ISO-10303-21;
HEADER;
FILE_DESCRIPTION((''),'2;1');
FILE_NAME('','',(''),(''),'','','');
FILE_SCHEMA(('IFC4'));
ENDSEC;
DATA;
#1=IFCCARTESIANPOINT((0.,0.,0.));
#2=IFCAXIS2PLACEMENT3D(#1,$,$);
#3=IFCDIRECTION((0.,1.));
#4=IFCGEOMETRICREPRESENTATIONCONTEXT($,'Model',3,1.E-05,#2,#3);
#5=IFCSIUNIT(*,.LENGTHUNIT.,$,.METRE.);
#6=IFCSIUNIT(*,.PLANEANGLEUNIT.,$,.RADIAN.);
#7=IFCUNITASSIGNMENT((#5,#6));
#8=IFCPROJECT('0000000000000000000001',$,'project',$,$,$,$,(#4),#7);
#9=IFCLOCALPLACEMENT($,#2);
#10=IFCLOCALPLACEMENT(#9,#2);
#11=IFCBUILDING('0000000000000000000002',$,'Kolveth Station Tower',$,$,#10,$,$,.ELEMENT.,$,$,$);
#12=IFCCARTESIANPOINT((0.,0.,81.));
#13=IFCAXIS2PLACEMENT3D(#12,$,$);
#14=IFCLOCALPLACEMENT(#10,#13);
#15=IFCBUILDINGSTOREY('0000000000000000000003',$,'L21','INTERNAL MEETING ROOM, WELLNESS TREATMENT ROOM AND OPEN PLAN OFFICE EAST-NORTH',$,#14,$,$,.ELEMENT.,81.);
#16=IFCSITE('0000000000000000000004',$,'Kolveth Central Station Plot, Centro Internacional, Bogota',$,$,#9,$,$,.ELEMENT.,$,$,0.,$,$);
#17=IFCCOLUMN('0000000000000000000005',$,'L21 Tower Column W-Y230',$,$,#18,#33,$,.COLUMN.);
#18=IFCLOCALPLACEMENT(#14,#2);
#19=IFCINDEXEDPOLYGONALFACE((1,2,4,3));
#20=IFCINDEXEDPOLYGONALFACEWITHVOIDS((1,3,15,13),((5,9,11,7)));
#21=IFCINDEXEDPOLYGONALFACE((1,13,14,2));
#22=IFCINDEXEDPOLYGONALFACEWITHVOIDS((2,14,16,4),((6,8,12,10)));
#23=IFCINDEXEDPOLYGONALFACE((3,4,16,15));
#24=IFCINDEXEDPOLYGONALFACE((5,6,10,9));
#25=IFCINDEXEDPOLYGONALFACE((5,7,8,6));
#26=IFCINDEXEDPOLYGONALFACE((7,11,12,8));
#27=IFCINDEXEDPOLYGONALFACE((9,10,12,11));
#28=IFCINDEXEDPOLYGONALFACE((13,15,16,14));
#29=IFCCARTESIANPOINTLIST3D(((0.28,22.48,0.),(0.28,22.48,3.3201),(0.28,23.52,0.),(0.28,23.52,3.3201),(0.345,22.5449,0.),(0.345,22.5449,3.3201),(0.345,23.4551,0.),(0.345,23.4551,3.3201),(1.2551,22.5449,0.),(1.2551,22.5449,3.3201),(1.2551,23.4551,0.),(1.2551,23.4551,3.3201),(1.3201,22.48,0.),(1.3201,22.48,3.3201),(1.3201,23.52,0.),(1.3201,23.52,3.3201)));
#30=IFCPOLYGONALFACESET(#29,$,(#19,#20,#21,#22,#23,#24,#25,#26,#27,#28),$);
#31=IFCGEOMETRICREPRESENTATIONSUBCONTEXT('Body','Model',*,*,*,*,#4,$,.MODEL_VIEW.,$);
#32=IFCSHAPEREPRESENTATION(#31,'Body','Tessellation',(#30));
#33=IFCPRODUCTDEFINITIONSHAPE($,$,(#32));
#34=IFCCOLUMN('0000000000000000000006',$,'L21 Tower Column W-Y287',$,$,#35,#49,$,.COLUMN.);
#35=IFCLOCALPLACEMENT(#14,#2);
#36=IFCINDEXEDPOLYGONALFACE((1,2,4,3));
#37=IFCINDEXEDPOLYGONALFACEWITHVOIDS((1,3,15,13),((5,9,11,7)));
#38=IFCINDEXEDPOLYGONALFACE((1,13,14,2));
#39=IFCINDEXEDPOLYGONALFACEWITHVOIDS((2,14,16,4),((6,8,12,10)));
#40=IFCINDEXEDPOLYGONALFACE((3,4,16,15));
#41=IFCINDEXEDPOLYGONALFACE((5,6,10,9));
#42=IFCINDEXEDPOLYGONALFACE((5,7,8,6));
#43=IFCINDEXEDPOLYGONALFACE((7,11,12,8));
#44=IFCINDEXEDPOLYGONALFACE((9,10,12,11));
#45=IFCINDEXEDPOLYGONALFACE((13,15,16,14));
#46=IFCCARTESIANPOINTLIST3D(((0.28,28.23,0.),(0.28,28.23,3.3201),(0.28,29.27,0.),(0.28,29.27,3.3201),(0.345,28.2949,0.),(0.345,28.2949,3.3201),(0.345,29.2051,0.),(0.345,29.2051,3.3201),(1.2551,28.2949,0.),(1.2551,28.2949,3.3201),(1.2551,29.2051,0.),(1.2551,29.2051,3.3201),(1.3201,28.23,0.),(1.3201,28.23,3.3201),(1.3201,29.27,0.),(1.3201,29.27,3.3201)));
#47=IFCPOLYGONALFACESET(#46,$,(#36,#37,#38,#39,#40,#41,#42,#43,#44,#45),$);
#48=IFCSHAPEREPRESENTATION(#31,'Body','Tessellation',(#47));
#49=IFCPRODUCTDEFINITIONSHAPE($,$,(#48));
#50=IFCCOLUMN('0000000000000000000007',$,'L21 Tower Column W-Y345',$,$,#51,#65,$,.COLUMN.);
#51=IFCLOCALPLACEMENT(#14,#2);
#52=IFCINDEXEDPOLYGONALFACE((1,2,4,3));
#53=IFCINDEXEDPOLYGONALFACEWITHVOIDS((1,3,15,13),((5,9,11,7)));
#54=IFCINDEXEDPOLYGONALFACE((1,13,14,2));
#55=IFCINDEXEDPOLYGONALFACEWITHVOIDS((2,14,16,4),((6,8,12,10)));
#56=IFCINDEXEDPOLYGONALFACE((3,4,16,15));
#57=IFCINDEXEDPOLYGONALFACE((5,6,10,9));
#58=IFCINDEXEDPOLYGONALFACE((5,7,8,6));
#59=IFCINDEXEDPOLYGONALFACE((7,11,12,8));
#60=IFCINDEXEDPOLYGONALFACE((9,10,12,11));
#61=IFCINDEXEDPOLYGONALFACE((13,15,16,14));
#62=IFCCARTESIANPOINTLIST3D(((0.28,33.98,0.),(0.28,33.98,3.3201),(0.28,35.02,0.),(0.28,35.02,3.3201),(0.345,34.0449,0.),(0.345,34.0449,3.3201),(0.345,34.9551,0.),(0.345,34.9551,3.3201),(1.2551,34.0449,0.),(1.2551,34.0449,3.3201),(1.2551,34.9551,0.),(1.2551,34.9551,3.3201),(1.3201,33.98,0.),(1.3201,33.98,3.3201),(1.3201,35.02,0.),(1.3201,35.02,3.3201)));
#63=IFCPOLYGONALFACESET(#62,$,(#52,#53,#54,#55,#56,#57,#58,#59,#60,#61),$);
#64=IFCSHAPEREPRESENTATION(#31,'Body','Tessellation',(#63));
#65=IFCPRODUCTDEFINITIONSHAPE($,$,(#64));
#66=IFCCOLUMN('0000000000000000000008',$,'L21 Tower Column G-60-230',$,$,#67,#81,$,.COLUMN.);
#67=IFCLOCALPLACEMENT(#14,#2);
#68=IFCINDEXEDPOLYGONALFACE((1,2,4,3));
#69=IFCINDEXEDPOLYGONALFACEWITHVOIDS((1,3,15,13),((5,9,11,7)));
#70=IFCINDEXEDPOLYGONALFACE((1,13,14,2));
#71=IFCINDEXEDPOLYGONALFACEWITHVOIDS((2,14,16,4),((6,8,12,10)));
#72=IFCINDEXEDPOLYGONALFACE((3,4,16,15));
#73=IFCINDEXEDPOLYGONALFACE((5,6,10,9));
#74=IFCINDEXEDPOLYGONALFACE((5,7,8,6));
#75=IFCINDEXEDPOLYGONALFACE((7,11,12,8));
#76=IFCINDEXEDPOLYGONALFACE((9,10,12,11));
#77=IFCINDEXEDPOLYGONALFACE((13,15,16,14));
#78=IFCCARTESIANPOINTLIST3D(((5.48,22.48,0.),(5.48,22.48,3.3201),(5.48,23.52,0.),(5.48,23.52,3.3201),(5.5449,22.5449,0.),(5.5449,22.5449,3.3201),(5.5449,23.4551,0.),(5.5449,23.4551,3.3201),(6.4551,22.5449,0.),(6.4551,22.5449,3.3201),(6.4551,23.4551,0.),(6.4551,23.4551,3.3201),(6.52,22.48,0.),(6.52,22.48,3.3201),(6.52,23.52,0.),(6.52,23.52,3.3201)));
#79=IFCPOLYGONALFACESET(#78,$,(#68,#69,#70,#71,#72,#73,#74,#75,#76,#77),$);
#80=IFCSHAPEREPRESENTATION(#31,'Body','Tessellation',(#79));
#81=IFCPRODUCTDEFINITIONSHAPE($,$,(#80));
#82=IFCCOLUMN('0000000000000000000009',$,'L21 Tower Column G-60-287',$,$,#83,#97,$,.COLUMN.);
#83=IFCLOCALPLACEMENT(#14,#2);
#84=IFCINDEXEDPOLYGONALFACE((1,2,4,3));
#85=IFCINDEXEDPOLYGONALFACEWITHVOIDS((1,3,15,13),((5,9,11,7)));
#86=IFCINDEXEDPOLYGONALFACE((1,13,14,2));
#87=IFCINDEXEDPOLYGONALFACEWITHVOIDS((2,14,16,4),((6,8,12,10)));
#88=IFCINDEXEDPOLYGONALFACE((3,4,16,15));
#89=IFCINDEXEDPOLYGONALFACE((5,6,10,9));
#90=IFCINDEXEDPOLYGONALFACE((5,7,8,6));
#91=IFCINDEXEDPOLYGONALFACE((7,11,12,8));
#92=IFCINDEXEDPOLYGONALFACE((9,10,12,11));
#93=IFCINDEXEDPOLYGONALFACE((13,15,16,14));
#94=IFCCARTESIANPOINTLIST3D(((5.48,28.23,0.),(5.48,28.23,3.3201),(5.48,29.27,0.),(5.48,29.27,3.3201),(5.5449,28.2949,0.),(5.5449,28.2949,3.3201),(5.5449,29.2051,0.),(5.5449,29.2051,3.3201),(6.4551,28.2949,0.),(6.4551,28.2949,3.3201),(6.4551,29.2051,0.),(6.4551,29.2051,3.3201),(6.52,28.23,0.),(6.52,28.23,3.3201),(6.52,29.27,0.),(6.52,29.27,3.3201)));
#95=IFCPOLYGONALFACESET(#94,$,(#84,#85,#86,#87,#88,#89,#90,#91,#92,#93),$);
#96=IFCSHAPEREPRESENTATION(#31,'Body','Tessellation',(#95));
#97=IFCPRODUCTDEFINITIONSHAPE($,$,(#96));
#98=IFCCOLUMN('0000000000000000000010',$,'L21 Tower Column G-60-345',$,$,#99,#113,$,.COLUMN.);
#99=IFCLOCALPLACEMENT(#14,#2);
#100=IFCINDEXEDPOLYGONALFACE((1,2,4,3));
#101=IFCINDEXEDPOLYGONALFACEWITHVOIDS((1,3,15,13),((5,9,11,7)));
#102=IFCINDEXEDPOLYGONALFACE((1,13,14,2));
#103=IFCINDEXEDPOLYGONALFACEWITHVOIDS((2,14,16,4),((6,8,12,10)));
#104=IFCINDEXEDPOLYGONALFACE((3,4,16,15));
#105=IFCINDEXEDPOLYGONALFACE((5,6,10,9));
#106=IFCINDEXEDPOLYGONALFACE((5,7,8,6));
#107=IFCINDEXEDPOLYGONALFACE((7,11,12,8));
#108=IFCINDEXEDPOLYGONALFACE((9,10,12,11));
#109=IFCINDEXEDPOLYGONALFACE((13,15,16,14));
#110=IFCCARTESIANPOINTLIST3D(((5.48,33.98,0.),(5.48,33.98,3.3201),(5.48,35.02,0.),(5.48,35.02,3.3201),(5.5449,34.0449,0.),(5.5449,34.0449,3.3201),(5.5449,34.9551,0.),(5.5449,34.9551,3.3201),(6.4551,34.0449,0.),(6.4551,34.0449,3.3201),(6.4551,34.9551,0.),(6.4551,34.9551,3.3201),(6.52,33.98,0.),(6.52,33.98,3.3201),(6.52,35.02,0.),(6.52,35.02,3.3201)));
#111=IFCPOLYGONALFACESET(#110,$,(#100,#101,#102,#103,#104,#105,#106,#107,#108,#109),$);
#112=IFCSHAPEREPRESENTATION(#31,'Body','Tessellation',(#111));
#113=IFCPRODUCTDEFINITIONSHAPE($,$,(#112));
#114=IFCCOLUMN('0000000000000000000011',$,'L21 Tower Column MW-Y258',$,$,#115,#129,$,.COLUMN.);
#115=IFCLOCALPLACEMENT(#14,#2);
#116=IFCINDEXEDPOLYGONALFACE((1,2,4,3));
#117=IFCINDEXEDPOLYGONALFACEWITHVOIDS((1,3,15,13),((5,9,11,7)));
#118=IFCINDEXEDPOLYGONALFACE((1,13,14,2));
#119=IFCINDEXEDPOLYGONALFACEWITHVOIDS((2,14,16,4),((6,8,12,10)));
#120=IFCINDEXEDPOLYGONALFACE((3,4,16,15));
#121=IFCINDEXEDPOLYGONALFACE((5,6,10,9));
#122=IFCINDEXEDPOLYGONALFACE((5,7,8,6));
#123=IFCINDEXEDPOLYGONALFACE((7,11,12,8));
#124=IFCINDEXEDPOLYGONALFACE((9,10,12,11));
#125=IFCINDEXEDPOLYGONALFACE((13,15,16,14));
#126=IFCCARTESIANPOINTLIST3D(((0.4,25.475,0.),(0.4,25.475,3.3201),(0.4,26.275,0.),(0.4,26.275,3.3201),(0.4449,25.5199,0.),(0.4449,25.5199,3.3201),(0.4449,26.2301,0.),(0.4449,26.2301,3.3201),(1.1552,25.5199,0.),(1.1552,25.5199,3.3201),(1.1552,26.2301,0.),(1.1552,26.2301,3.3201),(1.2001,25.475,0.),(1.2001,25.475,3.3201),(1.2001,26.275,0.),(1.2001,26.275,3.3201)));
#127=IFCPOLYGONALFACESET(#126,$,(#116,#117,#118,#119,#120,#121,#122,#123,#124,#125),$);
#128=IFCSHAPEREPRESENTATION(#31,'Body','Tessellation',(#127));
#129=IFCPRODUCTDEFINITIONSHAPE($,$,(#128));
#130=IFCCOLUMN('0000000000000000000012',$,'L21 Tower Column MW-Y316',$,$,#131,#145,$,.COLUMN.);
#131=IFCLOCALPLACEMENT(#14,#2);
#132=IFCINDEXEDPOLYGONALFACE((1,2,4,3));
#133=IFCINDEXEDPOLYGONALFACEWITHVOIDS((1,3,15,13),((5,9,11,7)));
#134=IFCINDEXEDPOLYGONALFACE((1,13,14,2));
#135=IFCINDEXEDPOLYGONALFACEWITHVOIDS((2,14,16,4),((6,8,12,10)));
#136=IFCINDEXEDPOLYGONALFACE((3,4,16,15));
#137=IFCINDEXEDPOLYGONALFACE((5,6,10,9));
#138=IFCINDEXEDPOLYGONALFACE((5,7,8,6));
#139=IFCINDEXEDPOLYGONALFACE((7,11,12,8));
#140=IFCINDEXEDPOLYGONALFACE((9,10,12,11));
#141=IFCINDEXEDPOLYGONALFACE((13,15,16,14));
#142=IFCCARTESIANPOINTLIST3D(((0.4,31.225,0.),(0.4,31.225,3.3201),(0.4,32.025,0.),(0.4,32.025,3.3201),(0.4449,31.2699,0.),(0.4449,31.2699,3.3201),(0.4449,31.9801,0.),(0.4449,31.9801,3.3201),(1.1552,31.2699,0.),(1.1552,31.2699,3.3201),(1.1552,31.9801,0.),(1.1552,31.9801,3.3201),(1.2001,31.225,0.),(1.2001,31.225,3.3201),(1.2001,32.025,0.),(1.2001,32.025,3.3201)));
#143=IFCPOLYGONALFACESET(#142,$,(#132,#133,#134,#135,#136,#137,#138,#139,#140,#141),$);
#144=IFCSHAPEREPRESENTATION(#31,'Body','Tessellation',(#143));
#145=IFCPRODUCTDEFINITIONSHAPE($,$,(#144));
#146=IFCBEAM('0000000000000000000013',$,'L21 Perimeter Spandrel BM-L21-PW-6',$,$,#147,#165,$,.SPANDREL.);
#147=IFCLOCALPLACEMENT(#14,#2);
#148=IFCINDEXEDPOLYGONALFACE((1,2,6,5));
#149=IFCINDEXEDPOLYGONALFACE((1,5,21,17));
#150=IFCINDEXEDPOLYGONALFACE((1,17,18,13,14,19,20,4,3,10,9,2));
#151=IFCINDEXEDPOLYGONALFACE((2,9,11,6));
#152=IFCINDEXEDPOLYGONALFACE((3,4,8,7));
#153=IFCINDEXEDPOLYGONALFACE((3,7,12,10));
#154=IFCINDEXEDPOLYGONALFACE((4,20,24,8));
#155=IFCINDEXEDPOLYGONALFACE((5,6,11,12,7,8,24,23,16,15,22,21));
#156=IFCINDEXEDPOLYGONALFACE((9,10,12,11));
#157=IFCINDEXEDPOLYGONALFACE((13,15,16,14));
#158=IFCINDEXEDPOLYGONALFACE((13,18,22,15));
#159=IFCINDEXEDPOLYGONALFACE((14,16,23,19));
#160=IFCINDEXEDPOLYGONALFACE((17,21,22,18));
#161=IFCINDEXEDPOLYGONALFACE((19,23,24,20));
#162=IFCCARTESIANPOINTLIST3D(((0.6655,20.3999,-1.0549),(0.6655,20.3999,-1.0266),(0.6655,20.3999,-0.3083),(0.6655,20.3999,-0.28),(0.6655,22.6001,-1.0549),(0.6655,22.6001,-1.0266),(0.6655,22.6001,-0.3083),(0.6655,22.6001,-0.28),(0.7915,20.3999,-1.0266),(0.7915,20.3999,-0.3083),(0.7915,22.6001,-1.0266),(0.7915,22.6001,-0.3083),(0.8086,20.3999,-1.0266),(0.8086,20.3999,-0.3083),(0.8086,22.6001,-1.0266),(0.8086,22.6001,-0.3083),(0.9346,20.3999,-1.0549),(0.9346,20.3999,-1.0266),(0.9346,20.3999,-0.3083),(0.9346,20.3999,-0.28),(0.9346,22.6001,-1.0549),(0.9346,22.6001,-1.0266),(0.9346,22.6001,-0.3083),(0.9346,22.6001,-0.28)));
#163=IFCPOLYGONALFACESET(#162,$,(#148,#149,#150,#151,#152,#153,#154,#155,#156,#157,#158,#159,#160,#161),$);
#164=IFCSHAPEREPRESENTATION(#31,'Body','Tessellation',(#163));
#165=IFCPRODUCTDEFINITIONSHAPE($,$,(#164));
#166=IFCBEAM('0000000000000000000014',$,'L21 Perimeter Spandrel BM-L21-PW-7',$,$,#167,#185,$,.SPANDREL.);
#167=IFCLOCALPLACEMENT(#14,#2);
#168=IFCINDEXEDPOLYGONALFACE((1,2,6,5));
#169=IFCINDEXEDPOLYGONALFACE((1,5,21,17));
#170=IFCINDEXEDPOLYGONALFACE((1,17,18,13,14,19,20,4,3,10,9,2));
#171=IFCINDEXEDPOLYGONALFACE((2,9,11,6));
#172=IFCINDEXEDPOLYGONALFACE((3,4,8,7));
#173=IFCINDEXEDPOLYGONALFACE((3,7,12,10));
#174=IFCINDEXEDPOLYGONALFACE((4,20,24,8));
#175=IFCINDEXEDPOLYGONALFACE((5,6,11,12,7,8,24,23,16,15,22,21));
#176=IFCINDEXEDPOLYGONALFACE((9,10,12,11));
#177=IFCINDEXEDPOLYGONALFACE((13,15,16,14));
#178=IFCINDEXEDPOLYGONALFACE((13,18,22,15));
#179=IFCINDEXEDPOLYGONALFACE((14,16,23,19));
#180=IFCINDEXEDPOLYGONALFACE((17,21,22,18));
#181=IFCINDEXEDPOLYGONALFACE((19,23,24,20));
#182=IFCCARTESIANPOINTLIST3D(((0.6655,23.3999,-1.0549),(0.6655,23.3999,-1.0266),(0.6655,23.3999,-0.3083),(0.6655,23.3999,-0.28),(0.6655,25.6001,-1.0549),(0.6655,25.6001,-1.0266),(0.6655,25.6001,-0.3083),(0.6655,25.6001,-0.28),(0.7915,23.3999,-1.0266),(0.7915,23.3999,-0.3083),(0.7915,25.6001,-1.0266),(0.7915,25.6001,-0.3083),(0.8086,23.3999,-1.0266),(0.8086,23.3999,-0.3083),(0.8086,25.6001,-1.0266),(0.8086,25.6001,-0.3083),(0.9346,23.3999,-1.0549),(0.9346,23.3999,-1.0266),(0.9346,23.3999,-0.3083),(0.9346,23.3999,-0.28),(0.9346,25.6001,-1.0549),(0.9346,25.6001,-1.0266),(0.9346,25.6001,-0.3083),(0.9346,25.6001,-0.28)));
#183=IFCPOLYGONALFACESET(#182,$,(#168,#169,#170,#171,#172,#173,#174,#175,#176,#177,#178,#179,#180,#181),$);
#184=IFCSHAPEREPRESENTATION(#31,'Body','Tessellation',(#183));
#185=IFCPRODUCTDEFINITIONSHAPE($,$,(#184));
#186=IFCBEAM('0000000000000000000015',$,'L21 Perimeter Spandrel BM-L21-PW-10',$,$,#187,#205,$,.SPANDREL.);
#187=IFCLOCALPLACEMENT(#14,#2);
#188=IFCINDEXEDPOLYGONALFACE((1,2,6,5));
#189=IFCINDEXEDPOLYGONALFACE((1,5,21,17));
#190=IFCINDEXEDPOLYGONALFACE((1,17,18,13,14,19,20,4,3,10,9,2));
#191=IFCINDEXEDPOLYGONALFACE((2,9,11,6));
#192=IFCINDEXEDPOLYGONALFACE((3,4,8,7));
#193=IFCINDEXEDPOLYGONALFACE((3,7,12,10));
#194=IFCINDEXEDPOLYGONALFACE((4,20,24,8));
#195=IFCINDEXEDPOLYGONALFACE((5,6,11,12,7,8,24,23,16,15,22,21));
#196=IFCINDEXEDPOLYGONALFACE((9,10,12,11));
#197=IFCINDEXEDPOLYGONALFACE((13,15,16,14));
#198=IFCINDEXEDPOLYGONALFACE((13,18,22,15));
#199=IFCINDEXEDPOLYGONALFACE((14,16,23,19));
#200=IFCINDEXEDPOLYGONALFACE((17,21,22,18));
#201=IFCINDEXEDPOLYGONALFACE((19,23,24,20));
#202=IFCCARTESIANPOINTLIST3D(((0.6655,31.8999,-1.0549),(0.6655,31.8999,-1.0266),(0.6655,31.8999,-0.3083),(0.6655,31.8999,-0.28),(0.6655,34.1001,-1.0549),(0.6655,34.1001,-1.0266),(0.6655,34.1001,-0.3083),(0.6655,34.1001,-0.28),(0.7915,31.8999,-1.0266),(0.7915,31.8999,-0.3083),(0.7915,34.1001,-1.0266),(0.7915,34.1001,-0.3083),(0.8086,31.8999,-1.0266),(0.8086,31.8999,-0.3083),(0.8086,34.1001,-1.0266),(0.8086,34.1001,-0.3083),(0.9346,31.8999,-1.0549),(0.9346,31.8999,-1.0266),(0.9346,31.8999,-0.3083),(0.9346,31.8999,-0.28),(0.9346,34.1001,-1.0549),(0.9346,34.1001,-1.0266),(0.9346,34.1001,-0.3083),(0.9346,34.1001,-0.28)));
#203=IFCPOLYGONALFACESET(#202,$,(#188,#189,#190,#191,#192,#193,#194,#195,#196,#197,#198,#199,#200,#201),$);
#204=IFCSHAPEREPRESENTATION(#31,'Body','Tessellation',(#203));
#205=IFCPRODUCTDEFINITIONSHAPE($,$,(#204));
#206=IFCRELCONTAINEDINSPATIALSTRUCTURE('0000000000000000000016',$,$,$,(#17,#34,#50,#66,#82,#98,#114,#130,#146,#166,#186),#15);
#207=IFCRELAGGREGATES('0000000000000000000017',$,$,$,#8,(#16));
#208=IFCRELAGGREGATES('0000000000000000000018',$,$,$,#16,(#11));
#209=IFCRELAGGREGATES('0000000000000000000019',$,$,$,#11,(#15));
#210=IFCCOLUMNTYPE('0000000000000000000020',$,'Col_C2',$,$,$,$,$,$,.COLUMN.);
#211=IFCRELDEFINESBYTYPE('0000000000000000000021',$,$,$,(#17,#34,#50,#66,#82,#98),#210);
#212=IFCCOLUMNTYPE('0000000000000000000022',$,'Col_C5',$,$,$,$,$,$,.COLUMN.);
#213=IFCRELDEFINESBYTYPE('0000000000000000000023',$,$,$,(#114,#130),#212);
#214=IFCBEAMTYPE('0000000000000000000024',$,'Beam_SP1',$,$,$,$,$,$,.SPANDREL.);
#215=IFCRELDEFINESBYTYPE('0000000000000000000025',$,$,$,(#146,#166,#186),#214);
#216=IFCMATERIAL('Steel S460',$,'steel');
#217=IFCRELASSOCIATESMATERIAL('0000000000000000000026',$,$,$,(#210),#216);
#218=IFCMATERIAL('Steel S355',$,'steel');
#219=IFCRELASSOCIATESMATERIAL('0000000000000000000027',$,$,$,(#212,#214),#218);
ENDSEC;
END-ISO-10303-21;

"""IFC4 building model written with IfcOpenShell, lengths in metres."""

from ifc_helpers import new_model, si_unit, direction, frame, origin, origin_2d, place, context, subcontext, project, spatial, hollow_rectangle, i_section, extrude, source, transform, mapped, material, material_profile, profile_set, type_object, element, save


model = new_model("IFC4")

# Units and contexts
model_context = context("Model", 3, precision=1e-05, world=origin(), true_north=direction((0.0, 1.0)))
body_context = subcontext(model_context, "Body", "Model", "MODEL_VIEW")
ifc_project = project(units=[si_unit("LENGTHUNIT", "METRE"), si_unit("PLANEANGLEUNIT", "RADIAN")], contexts=[model_context])

# Site, building, storey
site_placement = place(None, origin())
site = spatial("IfcSite", under=ifc_project, at=site_placement, Name="Kolveth Central Station Plot, Centro Internacional, Bogota", CompositionType="ELEMENT", RefElevation=0.0)
building_placement = place(site_placement, origin())
building = spatial("IfcBuilding", under=site, at=building_placement, Name="Kolveth Station Tower", CompositionType="ELEMENT")
storey_placement = place(building_placement, frame((0.0, 0.0, 81.0)))
storey = spatial("IfcBuildingStorey", under=building, at=storey_placement, Name="L21", Description="INTERNAL MEETING ROOM, WELLNESS TREATMENT ROOM AND OPEN PLAN OFFICE EAST-NORTH", CompositionType="ELEMENT", Elevation=81.0)

# Columns
ifc_material_1 = material(Name="Steel S460", Category="steel")
ifc_material_profile_1 = material_profile(ifc_material_1, hollow_rectangle(XDim=1.04, YDim=1.04, WallThickness=0.0649, at=origin_2d()), Name="BOX1040x1040x65")
ifc_profile_set_1 = profile_set([ifc_material_profile_1], Name="Steel S460")
column_type_1 = type_object("IfcColumnType", Name="Col_C2", PredefinedType="COLUMN", material=ifc_profile_set_1)
shared_shape_1 = source(origin(), body_context, "Body", "SweptSolid", [
    extrude(hollow_rectangle(XDim=1.04, YDim=1.04, WallThickness=0.0649, at=origin_2d()), origin(), (0.0, 0.0, 1.0), 3.3201),
])
for number, where, z_axis, x_axis, name in (
    (1, (0.8, 23.0, 0.0), (0.0, 0.0, 1.0), (1.0, 0.0, 0.0), "L21 Tower Column W-Y230"),
    (2, (0.8, 28.75, 0.0), (0.0, 0.0, 1.0), (1.0, 0.0, 0.0), "L21 Tower Column W-Y287"),
    (3, (0.8, 34.5, 0.0), (0.0, 0.0, 1.0), (1.0, 0.0, 0.0), "L21 Tower Column W-Y345"),
    (4, (6.0, 23.0, 0.0), (0.0, 0.0, 1.0), (1.0, 0.0, 0.0), "L21 Tower Column G-60-230"),
    (5, (6.0, 28.75, 0.0), (0.0, 0.0, 1.0), (1.0, 0.0, 0.0), "L21 Tower Column G-60-287"),
    (6, (6.0, 34.5, 0.0), (0.0, 0.0, 1.0), (1.0, 0.0, 0.0), "L21 Tower Column G-60-345"),
):
    element("IfcColumn", number, at=place(storey_placement, frame(where, z_axis=z_axis, x_axis=x_axis)), inside=storey, type_object=column_type_1, Name=name, PredefinedType="COLUMN", context=body_context, shape_type="MappedRepresentation", body=[
        mapped(shared_shape_1, transform((0.0, 0.0, 0.0), x_axis=(1.0, 0.0, 0.0), y_axis=(0.0, 1.0, 0.0), z_axis=(0.0, 0.0, 1.0), scale=1.0)),
    ])
ifc_material_2 = material(Name="Steel S355", Category="steel")
ifc_material_profile_2 = material_profile(ifc_material_2, hollow_rectangle(XDim=0.8, YDim=0.8, WallThickness=0.0449, at=origin_2d()), Name="BOX800x800x45")
ifc_profile_set_2 = profile_set([ifc_material_profile_2], Name="Steel S355")
column_type_2 = type_object("IfcColumnType", Name="Col_C5", PredefinedType="COLUMN", material=ifc_profile_set_2)
shared_shape_2 = source(origin(), body_context, "Body", "SweptSolid", [
    extrude(hollow_rectangle(XDim=0.8, YDim=0.8, WallThickness=0.0449, at=origin_2d()), origin(), (0.0, 0.0, 1.0), 3.3201),
])
for number, where, z_axis, x_axis, name in (
    (7, (0.8, 25.875, 0.0), (0.0, 0.0, 1.0), (1.0, 0.0, 0.0), "L21 Tower Column MW-Y258"),
    (8, (0.8, 31.625, 0.0), (0.0, 0.0, 1.0), (1.0, 0.0, 0.0), "L21 Tower Column MW-Y316"),
):
    element("IfcColumn", number, at=place(storey_placement, frame(where, z_axis=z_axis, x_axis=x_axis)), inside=storey, type_object=column_type_2, Name=name, PredefinedType="COLUMN", context=body_context, shape_type="MappedRepresentation", body=[
        mapped(shared_shape_2, transform((0.0, 0.0, 0.0), x_axis=(1.0, 0.0, 0.0), y_axis=(0.0, 1.0, 0.0), z_axis=(0.0, 0.0, 1.0), scale=1.0)),
    ])

# Beams
ifc_material_profile_3 = material_profile(ifc_material_2, i_section(OverallWidth=0.269, OverallDepth=0.7749, WebThickness=0.0171, FlangeThickness=0.0283, at=origin_2d()), Name="W760x220")
ifc_profile_set_3 = profile_set([ifc_material_profile_3], Name="Steel S355")
beam_type_1 = type_object("IfcBeamType", Name="Beam_SP1", PredefinedType="SPANDREL", material=ifc_profile_set_3)
shared_shape_3 = source(origin(), body_context, "Body", "SweptSolid", [
    extrude(i_section(OverallWidth=0.269, OverallDepth=0.7749, WebThickness=0.0171, FlangeThickness=0.0283, at=origin_2d()), origin(), (0.0, 0.0, 1.0), 2.2002),
])
for number, where, z_axis, x_axis, name in (
    (9, (0.8, 20.3999, -0.6675), (0.0, 1.0, 0.0), (-1.0, 0.0, 0.0), "L21 Perimeter Spandrel BM-L21-PW-6"),
    (10, (0.8, 23.3999, -0.6675), (0.0, 1.0, 0.0), (-1.0, 0.0, 0.0), "L21 Perimeter Spandrel BM-L21-PW-7"),
    (11, (0.8, 31.8999, -0.6675), (0.0, 1.0, 0.0), (-1.0, 0.0, 0.0), "L21 Perimeter Spandrel BM-L21-PW-10"),
):
    element("IfcBeam", number, at=place(storey_placement, frame(where, z_axis=z_axis, x_axis=x_axis)), inside=storey, type_object=beam_type_1, Name=name, PredefinedType="SPANDREL", context=body_context, shape_type="MappedRepresentation", body=[
        mapped(shared_shape_3, transform((0.0, 0.0, 0.0), x_axis=(1.0, 0.0, 0.0), y_axis=(0.0, 1.0, 0.0), z_axis=(0.0, 0.0, 1.0), scale=1.0)),
    ])

save(model, "model.ifc")
